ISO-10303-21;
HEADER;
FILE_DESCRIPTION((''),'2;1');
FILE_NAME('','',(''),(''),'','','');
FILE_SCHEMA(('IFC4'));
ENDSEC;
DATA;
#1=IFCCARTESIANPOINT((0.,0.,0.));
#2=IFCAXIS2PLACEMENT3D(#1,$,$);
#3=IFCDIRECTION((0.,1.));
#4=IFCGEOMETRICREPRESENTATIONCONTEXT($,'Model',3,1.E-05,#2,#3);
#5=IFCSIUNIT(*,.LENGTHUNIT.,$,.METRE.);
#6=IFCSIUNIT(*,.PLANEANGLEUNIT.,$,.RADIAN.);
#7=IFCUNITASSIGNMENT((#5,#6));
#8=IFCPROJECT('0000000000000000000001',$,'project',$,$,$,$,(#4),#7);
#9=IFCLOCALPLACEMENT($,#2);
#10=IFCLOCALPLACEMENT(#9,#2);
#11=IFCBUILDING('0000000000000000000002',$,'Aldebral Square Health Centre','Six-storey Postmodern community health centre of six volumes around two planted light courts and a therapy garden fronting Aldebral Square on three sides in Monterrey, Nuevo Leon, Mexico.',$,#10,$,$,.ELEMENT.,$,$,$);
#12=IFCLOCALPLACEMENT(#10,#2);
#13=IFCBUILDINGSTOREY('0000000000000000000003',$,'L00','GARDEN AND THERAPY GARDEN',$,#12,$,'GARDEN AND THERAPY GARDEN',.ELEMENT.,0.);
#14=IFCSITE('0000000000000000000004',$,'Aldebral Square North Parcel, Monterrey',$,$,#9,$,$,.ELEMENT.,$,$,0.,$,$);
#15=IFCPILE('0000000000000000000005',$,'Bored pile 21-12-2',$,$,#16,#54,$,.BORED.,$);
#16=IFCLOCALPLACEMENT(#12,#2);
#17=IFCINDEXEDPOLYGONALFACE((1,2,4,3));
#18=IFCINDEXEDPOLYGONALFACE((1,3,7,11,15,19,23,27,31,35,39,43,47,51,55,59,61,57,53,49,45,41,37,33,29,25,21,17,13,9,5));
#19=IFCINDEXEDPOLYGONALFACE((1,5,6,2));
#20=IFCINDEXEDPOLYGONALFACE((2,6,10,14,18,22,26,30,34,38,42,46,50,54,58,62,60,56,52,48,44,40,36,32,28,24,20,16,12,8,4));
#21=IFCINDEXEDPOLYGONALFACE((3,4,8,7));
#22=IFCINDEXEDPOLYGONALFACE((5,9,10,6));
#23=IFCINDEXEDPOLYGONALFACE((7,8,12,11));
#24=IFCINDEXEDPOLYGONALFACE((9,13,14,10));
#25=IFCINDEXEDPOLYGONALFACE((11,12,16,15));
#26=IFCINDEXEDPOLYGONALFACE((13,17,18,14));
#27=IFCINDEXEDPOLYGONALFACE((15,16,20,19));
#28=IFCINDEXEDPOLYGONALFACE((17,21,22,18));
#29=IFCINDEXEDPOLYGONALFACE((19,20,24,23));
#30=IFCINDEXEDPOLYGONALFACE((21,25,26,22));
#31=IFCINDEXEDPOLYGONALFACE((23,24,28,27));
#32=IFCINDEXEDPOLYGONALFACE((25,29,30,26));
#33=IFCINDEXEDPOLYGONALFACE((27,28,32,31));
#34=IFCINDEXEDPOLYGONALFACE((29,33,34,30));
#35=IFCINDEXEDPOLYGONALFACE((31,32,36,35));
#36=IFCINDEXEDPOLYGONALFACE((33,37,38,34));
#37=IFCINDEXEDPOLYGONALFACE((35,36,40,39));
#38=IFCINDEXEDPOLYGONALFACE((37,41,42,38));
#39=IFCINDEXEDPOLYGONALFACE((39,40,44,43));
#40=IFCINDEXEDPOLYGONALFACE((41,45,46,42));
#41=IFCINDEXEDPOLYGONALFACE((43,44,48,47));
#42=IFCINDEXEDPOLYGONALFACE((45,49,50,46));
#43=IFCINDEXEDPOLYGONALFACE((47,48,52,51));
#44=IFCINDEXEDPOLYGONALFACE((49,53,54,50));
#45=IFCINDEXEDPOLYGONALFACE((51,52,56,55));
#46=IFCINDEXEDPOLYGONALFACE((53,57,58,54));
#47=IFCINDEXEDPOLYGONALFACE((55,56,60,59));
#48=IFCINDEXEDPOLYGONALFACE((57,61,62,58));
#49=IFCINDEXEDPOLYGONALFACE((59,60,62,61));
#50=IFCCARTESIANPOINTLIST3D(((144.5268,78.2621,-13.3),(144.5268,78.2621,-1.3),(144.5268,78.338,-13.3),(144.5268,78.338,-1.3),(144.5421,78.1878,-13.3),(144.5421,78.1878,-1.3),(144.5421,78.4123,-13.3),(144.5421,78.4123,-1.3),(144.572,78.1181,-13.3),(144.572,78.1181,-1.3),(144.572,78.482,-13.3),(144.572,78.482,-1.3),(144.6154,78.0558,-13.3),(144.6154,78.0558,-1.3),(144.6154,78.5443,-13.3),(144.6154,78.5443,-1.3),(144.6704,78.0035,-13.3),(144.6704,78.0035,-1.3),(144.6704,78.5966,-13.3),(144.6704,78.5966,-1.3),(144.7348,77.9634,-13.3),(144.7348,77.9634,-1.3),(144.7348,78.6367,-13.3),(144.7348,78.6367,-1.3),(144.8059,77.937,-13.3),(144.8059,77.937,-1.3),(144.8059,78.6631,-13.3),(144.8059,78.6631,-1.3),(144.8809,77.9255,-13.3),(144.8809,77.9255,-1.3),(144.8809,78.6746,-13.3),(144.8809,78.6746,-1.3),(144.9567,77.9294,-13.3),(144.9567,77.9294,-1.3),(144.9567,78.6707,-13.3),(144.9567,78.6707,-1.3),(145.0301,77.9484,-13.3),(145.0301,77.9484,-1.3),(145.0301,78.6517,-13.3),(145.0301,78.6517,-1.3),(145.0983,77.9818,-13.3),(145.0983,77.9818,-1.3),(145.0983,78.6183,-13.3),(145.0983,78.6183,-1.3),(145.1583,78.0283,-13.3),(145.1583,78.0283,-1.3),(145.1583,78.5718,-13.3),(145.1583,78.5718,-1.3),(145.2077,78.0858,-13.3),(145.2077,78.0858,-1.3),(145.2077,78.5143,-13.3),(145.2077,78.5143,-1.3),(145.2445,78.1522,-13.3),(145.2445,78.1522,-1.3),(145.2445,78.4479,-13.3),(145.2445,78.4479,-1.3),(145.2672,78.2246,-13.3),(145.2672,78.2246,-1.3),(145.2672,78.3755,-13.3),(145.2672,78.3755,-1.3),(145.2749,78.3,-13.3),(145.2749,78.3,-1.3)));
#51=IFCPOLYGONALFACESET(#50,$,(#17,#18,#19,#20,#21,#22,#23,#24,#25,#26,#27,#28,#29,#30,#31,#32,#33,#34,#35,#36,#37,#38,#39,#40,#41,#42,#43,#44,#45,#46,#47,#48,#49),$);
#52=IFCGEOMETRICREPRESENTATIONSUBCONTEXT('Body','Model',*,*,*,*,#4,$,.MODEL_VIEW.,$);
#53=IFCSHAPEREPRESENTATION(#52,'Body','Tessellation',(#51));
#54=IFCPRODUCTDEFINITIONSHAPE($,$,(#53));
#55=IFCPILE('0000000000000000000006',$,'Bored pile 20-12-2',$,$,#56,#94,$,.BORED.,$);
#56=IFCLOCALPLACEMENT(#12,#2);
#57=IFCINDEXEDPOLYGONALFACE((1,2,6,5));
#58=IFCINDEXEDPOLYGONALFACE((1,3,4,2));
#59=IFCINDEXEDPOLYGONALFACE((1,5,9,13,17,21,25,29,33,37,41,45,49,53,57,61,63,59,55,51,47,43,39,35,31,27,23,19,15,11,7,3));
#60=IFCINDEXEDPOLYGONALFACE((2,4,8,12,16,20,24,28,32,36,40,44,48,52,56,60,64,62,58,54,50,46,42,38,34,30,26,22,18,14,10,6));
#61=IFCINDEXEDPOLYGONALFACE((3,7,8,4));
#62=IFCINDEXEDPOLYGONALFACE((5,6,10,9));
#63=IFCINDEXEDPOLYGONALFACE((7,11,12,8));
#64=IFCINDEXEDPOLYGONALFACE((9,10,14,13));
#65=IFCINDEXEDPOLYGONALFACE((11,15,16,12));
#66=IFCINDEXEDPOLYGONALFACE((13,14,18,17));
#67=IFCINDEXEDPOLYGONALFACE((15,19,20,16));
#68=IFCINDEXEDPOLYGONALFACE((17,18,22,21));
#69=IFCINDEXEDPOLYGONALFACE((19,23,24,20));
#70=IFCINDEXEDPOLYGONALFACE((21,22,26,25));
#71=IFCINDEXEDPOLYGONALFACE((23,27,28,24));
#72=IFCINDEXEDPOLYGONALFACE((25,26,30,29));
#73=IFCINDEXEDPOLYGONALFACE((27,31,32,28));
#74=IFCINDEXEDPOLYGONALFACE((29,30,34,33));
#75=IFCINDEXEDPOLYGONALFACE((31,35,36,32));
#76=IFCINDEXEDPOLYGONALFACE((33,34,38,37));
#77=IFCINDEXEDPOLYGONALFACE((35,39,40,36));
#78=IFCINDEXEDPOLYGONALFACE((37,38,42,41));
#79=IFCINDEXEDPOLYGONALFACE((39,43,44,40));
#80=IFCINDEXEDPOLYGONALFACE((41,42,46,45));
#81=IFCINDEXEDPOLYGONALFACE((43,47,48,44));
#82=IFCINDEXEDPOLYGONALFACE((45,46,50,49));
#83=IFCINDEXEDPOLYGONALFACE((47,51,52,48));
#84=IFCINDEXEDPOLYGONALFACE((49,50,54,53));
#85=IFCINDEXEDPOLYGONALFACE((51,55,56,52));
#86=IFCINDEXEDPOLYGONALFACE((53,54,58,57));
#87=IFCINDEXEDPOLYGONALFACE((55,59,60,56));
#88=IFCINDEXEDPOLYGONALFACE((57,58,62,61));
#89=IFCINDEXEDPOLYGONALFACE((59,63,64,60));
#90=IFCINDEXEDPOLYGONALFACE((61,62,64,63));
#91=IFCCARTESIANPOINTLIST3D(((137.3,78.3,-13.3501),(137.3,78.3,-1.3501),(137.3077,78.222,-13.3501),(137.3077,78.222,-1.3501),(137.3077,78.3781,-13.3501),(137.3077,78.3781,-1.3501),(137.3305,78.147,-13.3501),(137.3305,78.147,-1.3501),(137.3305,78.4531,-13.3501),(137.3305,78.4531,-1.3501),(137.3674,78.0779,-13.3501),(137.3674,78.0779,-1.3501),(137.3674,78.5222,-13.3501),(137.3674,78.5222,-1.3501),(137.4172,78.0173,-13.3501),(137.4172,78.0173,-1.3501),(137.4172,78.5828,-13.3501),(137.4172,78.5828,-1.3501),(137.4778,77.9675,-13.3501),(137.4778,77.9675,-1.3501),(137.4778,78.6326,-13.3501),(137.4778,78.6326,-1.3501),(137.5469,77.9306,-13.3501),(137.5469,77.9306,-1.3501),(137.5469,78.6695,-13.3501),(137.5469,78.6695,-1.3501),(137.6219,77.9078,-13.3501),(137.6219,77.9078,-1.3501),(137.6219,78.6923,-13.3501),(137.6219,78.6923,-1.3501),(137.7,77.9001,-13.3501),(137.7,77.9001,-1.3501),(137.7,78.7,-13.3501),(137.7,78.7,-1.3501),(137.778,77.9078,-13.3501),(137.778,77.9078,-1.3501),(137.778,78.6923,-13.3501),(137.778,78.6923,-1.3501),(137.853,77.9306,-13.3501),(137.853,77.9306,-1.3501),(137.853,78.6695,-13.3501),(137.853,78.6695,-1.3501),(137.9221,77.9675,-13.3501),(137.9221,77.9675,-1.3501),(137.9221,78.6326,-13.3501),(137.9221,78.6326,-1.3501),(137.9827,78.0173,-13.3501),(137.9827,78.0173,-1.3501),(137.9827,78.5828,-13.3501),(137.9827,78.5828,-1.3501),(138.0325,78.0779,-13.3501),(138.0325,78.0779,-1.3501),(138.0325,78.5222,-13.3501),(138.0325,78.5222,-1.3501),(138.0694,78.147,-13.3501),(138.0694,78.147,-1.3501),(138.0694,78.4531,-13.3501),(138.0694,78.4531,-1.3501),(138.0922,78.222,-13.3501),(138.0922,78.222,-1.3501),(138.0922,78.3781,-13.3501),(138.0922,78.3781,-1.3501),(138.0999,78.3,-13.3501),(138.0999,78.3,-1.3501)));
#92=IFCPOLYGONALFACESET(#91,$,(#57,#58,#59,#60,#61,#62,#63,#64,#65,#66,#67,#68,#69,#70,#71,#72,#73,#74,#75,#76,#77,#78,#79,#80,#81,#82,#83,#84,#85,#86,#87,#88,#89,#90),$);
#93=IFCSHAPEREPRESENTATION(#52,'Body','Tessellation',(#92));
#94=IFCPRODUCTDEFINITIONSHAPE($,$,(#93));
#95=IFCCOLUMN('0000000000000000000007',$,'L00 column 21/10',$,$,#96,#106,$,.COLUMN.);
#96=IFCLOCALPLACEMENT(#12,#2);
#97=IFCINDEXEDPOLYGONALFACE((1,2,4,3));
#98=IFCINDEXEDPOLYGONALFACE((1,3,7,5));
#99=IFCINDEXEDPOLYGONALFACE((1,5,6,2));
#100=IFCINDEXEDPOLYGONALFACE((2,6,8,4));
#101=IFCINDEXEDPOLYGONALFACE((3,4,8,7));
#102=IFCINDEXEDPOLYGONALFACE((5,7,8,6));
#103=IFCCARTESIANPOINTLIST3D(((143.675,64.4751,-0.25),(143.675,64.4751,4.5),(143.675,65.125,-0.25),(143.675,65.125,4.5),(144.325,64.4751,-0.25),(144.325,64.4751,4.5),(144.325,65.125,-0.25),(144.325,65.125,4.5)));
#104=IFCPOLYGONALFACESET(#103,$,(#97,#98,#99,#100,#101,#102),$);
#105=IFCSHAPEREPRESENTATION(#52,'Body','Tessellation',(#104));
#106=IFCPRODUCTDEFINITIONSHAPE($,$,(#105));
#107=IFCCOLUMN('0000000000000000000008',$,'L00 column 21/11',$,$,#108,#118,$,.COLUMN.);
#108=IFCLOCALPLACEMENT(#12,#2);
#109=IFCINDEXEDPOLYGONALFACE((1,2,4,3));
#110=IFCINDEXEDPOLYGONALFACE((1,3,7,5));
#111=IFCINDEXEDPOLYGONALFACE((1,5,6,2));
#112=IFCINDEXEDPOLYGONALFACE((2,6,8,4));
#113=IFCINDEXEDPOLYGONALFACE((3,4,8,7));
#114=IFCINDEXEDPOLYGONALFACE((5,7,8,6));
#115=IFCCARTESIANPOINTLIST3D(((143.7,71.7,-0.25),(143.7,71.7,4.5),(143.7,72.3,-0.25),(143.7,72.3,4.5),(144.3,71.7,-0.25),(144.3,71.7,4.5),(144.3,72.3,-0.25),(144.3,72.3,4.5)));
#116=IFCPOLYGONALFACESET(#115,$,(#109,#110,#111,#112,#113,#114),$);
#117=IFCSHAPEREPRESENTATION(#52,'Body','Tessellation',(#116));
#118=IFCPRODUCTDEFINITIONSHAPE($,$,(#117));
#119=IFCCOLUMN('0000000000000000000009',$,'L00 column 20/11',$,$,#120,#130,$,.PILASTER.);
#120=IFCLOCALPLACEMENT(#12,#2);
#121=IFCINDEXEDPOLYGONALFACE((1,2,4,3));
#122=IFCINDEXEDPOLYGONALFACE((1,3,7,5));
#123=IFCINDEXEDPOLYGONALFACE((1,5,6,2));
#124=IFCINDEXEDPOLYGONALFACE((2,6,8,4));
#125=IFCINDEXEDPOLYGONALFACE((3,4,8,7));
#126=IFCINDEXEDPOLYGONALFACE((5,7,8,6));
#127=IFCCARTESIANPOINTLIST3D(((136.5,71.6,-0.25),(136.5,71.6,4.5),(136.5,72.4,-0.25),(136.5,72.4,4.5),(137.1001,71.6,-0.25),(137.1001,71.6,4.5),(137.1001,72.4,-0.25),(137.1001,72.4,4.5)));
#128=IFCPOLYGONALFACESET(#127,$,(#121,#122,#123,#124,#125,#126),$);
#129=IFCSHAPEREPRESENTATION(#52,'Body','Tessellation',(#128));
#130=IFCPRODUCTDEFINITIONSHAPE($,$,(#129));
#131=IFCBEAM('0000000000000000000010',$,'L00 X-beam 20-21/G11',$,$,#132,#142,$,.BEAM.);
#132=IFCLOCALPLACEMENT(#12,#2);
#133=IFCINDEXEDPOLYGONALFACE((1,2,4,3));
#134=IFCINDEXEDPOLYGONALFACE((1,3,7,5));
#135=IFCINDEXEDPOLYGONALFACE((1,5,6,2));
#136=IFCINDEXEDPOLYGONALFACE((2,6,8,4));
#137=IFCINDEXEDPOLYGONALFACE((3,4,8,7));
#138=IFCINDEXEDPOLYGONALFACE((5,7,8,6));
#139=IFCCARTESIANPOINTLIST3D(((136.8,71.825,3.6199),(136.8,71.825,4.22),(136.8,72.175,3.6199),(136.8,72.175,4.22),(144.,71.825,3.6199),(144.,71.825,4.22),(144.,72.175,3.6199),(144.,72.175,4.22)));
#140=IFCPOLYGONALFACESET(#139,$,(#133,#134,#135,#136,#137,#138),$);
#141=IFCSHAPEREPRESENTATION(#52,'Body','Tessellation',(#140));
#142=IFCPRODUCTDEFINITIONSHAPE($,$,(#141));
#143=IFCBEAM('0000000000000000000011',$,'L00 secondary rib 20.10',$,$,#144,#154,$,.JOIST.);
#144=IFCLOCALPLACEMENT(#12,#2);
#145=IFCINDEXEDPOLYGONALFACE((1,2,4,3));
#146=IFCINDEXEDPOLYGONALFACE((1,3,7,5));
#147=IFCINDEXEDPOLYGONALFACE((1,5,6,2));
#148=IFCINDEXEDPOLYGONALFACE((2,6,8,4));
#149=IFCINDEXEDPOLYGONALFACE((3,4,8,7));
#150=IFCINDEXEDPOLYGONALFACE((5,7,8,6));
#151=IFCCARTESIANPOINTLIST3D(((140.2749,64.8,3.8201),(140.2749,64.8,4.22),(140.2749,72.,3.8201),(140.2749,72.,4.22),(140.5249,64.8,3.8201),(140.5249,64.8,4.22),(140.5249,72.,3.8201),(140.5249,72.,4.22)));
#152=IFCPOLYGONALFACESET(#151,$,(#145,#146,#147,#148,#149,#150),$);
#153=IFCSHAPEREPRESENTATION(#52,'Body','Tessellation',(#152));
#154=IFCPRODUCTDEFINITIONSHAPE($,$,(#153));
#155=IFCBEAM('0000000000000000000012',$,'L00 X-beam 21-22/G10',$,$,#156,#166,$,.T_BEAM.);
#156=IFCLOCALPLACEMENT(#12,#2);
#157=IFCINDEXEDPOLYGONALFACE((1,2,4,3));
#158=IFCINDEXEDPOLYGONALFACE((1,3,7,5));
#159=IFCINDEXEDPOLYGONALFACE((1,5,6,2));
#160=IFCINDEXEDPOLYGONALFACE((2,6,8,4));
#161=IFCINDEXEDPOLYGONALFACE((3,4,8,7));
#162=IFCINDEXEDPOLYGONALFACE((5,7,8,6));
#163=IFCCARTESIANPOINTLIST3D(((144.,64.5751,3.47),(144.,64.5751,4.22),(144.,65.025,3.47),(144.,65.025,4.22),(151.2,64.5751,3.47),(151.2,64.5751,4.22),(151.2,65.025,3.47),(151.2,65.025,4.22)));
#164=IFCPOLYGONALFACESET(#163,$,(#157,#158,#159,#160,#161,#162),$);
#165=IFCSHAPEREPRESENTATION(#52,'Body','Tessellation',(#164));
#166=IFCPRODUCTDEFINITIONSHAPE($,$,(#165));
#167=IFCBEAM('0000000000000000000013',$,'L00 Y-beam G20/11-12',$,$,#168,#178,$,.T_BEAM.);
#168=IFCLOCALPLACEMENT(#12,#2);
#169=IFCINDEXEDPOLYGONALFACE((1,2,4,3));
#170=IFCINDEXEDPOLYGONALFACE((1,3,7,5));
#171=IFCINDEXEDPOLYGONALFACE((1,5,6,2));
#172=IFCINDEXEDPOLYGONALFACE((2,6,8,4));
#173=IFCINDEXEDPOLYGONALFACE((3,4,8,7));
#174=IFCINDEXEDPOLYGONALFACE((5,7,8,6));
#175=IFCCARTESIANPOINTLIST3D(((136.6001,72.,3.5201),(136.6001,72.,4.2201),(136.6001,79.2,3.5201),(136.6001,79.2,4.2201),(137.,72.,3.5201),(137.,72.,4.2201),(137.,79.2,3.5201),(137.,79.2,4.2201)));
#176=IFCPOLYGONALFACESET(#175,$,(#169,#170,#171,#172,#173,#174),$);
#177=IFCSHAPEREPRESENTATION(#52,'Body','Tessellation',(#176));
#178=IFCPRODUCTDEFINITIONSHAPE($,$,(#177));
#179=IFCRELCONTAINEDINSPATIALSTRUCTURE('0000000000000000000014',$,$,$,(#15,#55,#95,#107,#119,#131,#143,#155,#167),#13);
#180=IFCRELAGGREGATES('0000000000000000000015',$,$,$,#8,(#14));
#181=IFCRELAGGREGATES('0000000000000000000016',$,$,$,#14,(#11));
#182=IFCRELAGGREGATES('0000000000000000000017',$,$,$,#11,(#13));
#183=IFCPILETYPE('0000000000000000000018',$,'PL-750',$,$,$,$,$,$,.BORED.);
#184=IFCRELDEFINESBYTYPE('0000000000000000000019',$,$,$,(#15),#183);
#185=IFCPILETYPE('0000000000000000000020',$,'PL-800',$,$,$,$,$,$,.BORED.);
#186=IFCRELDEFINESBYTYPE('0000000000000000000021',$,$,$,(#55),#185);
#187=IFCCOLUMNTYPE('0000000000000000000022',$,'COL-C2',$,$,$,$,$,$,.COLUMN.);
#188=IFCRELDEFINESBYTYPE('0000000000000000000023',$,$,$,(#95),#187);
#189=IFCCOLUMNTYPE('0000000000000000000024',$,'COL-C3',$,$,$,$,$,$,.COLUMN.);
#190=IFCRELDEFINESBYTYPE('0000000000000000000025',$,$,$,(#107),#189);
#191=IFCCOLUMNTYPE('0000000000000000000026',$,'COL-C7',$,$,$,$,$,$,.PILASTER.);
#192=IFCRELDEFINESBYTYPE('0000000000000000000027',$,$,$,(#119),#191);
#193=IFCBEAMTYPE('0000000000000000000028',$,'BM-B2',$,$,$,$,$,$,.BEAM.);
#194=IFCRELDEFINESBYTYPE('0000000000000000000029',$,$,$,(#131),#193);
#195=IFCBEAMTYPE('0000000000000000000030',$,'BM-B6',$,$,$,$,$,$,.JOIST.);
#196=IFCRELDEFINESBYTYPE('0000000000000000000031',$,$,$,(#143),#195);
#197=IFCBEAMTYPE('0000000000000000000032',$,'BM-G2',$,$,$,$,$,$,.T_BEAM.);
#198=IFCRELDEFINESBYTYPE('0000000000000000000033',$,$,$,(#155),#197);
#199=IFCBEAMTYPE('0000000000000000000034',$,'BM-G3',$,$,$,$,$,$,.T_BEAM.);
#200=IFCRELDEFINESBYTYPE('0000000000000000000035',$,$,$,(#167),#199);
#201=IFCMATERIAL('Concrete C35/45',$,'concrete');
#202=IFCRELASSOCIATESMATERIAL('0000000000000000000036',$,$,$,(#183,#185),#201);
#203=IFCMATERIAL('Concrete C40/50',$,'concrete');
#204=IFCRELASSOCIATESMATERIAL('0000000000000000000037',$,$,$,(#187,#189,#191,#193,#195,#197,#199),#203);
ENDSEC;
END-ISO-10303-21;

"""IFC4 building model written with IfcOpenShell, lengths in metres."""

from ifc_helpers import new_model, si_unit, direction, frame, origin, origin_2d, place, context, subcontext, project, spatial, rectangle, circle, extrude, material, material_profile, profile_set, type_object, element, save


model = new_model("IFC4")

# Units and contexts
model_context = context("Model", 3, precision=1e-05, world=origin(), true_north=direction((0.0, 1.0)))
body_context = subcontext(model_context, "Body", "Model", "MODEL_VIEW")
ifc_project = project(units=[si_unit("LENGTHUNIT", "METRE"), si_unit("PLANEANGLEUNIT", "RADIAN")], contexts=[model_context])

# Site, building, storey
site_placement = place(None, origin())
site = spatial("IfcSite", under=ifc_project, at=site_placement, Name="Aldebral Square North Parcel, Monterrey", CompositionType="ELEMENT", RefElevation=0.0)
building_placement = place(site_placement, origin())
building = spatial("IfcBuilding", under=site, at=building_placement, Name="Aldebral Square Health Centre", Description="Six-storey Postmodern community health centre of six volumes around two planted light courts and a therapy garden fronting Aldebral Square on three sides in Monterrey, Nuevo Leon, Mexico.", CompositionType="ELEMENT")
storey_placement = place(building_placement, origin())
storey = spatial("IfcBuildingStorey", under=building, at=storey_placement, Name="L00", Description="GARDEN AND THERAPY GARDEN", LongName="GARDEN AND THERAPY GARDEN", CompositionType="ELEMENT", Elevation=0.0)

# Shared definitions
ifc_material_1 = material(Name="Concrete C35/45", Category="concrete")

# Piles
ifc_material_profile_1 = material_profile(ifc_material_1, circle(Radius=0.375, at=origin_2d()), Name="PILE D750")
ifc_profile_set_1 = profile_set([ifc_material_profile_1], Name="Concrete C35/45")
pile_type_1 = type_object("IfcPileType", Name="PL-750", PredefinedType="BORED", material=ifc_profile_set_1)
for number, where, z_axis, x_axis, name in (
    (1, (144.8999, 78.3, -1.3), (0.0, 0.0, -1.0), (1.0, 0.0, 0.0), "Bored pile 21-12-2"),
):
    element("IfcPile", number, at=place(storey_placement, frame(where, z_axis=z_axis, x_axis=x_axis)), inside=storey, type_object=pile_type_1, Name=name, PredefinedType="BORED", context=body_context, shape_type="SweptSolid", body=[
        extrude(circle(Radius=0.375, at=origin_2d()), origin(), (0.0, 0.0, 1.0), 12.0),
    ])
ifc_material_profile_2 = material_profile(ifc_material_1, circle(Radius=0.3999, at=origin_2d()), Name="PILE D800")
ifc_profile_set_2 = profile_set([ifc_material_profile_2], Name="Concrete C35/45")
pile_type_2 = type_object("IfcPileType", Name="PL-800", PredefinedType="BORED", material=ifc_profile_set_2)
pile_placement = place(storey_placement, frame((137.7, 78.3, -1.3501), z_axis=(0.0, 0.0, -1.0), x_axis=(1.0, 0.0, 0.0)))
element("IfcPile", 2, at=pile_placement, inside=storey, type_object=pile_type_2, Name="Bored pile 20-12-2", PredefinedType="BORED", context=body_context, shape_type="SweptSolid", body=[
    extrude(circle(Radius=0.3999, at=origin_2d()), origin(), (0.0, 0.0, 1.0), 12.0),
])

# Columns
ifc_material_2 = material(Name="Concrete C40/50", Category="concrete")
ifc_material_profile_3 = material_profile(ifc_material_2, rectangle(XDim=0.6499, YDim=0.6499, at=origin_2d()), Name="RC 650x650")
ifc_profile_set_3 = profile_set([ifc_material_profile_3], Name="Concrete C40/50")
column_type_1 = type_object("IfcColumnType", Name="COL-C2", PredefinedType="COLUMN", material=ifc_profile_set_3)
column_1_placement = place(storey_placement, frame((144.0, 64.8, -0.25), z_axis=(0.0, 0.0, 1.0), x_axis=(1.0, 0.0, 0.0)))
element("IfcColumn", 3, at=column_1_placement, inside=storey, type_object=column_type_1, Name="L00 column 21/10", PredefinedType="COLUMN", context=body_context, shape_type="SweptSolid", body=[
    extrude(rectangle(XDim=0.6499, YDim=0.6499, at=origin_2d()), origin(), (0.0, 0.0, 1.0), 4.75),
])
ifc_material_profile_4 = material_profile(ifc_material_2, rectangle(XDim=0.6001, YDim=0.6001, at=origin_2d()), Name="RC 600x600")
ifc_profile_set_4 = profile_set([ifc_material_profile_4], Name="Concrete C40/50")
column_type_2 = type_object("IfcColumnType", Name="COL-C3", PredefinedType="COLUMN", material=ifc_profile_set_4)
column_2_placement = place(storey_placement, frame((144.0, 72.0, -0.25), z_axis=(0.0, 0.0, 1.0), x_axis=(1.0, 0.0, 0.0)))
element("IfcColumn", 4, at=column_2_placement, inside=storey, type_object=column_type_2, Name="L00 column 21/11", PredefinedType="COLUMN", context=body_context, shape_type="SweptSolid", body=[
    extrude(rectangle(XDim=0.6001, YDim=0.6001, at=origin_2d()), origin(), (0.0, 0.0, 1.0), 4.75),
])
ifc_material_profile_5 = material_profile(ifc_material_2, rectangle(XDim=0.6001, YDim=0.8, at=origin_2d()), Name="RC 600x800")
ifc_profile_set_5 = profile_set([ifc_material_profile_5], Name="Concrete C40/50")
column_type_3 = type_object("IfcColumnType", Name="COL-C7", PredefinedType="PILASTER", material=ifc_profile_set_5)
column_3_placement = place(storey_placement, frame((136.8, 72.0, -0.25), z_axis=(0.0, 0.0, 1.0), x_axis=(1.0, 0.0, 0.0)))
element("IfcColumn", 5, at=column_3_placement, inside=storey, type_object=column_type_3, Name="L00 column 20/11", PredefinedType="PILASTER", context=body_context, shape_type="SweptSolid", body=[
    extrude(rectangle(XDim=0.6001, YDim=0.8, at=origin_2d()), origin(), (0.0, 0.0, 1.0), 4.75),
])

# Beams
ifc_material_profile_6 = material_profile(ifc_material_2, rectangle(XDim=0.3501, YDim=0.6001, at=origin_2d()), Name="RC 350x600")
ifc_profile_set_6 = profile_set([ifc_material_profile_6], Name="Concrete C40/50")
beam_type_1 = type_object("IfcBeamType", Name="BM-B2", PredefinedType="BEAM", material=ifc_profile_set_6)
beam_1_placement = place(storey_placement, frame((136.8, 72.0, 3.9199), z_axis=(1.0, 0.0, 0.0), x_axis=(0.0, 1.0, 0.0)))
element("IfcBeam", 6, at=beam_1_placement, inside=storey, type_object=beam_type_1, Name="L00 X-beam 20-21/G11", PredefinedType="BEAM", context=body_context, shape_type="SweptSolid", body=[
    extrude(rectangle(XDim=0.3501, YDim=0.6001, at=origin_2d()), origin(), (0.0, 0.0, 1.0), 7.2),
])
ifc_material_profile_7 = material_profile(ifc_material_2, rectangle(XDim=0.25, YDim=0.3999, at=origin_2d()), Name="RC 250x400")
ifc_profile_set_7 = profile_set([ifc_material_profile_7], Name="Concrete C40/50")
beam_type_2 = type_object("IfcBeamType", Name="BM-B6", PredefinedType="JOIST", material=ifc_profile_set_7)
beam_2_placement = place(storey_placement, frame((140.3999, 64.8, 4.02), z_axis=(0.0, 1.0, 0.0), x_axis=(-1.0, 0.0, 0.0)))
element("IfcBeam", 7, at=beam_2_placement, inside=storey, type_object=beam_type_2, Name="L00 secondary rib 20.10", PredefinedType="JOIST", context=body_context, shape_type="SweptSolid", body=[
    extrude(rectangle(XDim=0.25, YDim=0.3999, at=origin_2d()), origin(), (0.0, 0.0, 1.0), 7.2),
])
ifc_material_profile_8 = material_profile(ifc_material_2, rectangle(XDim=0.45, YDim=0.75, at=origin_2d()), Name="RC 450x750")
ifc_profile_set_8 = profile_set([ifc_material_profile_8], Name="Concrete C40/50")
beam_type_3 = type_object("IfcBeamType", Name="BM-G2", PredefinedType="T_BEAM", material=ifc_profile_set_8)
beam_3_placement = place(storey_placement, frame((144.0, 64.8, 3.845), z_axis=(1.0, 0.0, 0.0), x_axis=(0.0, 1.0, 0.0)))
element("IfcBeam", 8, at=beam_3_placement, inside=storey, type_object=beam_type_3, Name="L00 X-beam 21-22/G10", PredefinedType="T_BEAM", context=body_context, shape_type="SweptSolid", body=[
    extrude(rectangle(XDim=0.45, YDim=0.75, at=origin_2d()), origin(), (0.0, 0.0, 1.0), 7.2),
])
ifc_material_profile_9 = material_profile(ifc_material_2, rectangle(XDim=0.3999, YDim=0.7, at=origin_2d()), Name="RC 400x700")
ifc_profile_set_9 = profile_set([ifc_material_profile_9], Name="Concrete C40/50")
beam_type_4 = type_object("IfcBeamType", Name="BM-G3", PredefinedType="T_BEAM", material=ifc_profile_set_9)
for number, where, z_axis, x_axis, name in (
    (9, (136.8, 72.0, 3.8701), (0.0, 1.0, 0.0), (-1.0, 0.0, 0.0), "L00 Y-beam G20/11-12"),
):
    element("IfcBeam", number, at=place(storey_placement, frame(where, z_axis=z_axis, x_axis=x_axis)), inside=storey, type_object=beam_type_4, Name=name, PredefinedType="T_BEAM", context=body_context, shape_type="SweptSolid", body=[
        extrude(rectangle(XDim=0.3999, YDim=0.7, at=origin_2d()), origin(), (0.0, 0.0, 1.0), 7.2),
    ])

save(model, "model.ifc")
